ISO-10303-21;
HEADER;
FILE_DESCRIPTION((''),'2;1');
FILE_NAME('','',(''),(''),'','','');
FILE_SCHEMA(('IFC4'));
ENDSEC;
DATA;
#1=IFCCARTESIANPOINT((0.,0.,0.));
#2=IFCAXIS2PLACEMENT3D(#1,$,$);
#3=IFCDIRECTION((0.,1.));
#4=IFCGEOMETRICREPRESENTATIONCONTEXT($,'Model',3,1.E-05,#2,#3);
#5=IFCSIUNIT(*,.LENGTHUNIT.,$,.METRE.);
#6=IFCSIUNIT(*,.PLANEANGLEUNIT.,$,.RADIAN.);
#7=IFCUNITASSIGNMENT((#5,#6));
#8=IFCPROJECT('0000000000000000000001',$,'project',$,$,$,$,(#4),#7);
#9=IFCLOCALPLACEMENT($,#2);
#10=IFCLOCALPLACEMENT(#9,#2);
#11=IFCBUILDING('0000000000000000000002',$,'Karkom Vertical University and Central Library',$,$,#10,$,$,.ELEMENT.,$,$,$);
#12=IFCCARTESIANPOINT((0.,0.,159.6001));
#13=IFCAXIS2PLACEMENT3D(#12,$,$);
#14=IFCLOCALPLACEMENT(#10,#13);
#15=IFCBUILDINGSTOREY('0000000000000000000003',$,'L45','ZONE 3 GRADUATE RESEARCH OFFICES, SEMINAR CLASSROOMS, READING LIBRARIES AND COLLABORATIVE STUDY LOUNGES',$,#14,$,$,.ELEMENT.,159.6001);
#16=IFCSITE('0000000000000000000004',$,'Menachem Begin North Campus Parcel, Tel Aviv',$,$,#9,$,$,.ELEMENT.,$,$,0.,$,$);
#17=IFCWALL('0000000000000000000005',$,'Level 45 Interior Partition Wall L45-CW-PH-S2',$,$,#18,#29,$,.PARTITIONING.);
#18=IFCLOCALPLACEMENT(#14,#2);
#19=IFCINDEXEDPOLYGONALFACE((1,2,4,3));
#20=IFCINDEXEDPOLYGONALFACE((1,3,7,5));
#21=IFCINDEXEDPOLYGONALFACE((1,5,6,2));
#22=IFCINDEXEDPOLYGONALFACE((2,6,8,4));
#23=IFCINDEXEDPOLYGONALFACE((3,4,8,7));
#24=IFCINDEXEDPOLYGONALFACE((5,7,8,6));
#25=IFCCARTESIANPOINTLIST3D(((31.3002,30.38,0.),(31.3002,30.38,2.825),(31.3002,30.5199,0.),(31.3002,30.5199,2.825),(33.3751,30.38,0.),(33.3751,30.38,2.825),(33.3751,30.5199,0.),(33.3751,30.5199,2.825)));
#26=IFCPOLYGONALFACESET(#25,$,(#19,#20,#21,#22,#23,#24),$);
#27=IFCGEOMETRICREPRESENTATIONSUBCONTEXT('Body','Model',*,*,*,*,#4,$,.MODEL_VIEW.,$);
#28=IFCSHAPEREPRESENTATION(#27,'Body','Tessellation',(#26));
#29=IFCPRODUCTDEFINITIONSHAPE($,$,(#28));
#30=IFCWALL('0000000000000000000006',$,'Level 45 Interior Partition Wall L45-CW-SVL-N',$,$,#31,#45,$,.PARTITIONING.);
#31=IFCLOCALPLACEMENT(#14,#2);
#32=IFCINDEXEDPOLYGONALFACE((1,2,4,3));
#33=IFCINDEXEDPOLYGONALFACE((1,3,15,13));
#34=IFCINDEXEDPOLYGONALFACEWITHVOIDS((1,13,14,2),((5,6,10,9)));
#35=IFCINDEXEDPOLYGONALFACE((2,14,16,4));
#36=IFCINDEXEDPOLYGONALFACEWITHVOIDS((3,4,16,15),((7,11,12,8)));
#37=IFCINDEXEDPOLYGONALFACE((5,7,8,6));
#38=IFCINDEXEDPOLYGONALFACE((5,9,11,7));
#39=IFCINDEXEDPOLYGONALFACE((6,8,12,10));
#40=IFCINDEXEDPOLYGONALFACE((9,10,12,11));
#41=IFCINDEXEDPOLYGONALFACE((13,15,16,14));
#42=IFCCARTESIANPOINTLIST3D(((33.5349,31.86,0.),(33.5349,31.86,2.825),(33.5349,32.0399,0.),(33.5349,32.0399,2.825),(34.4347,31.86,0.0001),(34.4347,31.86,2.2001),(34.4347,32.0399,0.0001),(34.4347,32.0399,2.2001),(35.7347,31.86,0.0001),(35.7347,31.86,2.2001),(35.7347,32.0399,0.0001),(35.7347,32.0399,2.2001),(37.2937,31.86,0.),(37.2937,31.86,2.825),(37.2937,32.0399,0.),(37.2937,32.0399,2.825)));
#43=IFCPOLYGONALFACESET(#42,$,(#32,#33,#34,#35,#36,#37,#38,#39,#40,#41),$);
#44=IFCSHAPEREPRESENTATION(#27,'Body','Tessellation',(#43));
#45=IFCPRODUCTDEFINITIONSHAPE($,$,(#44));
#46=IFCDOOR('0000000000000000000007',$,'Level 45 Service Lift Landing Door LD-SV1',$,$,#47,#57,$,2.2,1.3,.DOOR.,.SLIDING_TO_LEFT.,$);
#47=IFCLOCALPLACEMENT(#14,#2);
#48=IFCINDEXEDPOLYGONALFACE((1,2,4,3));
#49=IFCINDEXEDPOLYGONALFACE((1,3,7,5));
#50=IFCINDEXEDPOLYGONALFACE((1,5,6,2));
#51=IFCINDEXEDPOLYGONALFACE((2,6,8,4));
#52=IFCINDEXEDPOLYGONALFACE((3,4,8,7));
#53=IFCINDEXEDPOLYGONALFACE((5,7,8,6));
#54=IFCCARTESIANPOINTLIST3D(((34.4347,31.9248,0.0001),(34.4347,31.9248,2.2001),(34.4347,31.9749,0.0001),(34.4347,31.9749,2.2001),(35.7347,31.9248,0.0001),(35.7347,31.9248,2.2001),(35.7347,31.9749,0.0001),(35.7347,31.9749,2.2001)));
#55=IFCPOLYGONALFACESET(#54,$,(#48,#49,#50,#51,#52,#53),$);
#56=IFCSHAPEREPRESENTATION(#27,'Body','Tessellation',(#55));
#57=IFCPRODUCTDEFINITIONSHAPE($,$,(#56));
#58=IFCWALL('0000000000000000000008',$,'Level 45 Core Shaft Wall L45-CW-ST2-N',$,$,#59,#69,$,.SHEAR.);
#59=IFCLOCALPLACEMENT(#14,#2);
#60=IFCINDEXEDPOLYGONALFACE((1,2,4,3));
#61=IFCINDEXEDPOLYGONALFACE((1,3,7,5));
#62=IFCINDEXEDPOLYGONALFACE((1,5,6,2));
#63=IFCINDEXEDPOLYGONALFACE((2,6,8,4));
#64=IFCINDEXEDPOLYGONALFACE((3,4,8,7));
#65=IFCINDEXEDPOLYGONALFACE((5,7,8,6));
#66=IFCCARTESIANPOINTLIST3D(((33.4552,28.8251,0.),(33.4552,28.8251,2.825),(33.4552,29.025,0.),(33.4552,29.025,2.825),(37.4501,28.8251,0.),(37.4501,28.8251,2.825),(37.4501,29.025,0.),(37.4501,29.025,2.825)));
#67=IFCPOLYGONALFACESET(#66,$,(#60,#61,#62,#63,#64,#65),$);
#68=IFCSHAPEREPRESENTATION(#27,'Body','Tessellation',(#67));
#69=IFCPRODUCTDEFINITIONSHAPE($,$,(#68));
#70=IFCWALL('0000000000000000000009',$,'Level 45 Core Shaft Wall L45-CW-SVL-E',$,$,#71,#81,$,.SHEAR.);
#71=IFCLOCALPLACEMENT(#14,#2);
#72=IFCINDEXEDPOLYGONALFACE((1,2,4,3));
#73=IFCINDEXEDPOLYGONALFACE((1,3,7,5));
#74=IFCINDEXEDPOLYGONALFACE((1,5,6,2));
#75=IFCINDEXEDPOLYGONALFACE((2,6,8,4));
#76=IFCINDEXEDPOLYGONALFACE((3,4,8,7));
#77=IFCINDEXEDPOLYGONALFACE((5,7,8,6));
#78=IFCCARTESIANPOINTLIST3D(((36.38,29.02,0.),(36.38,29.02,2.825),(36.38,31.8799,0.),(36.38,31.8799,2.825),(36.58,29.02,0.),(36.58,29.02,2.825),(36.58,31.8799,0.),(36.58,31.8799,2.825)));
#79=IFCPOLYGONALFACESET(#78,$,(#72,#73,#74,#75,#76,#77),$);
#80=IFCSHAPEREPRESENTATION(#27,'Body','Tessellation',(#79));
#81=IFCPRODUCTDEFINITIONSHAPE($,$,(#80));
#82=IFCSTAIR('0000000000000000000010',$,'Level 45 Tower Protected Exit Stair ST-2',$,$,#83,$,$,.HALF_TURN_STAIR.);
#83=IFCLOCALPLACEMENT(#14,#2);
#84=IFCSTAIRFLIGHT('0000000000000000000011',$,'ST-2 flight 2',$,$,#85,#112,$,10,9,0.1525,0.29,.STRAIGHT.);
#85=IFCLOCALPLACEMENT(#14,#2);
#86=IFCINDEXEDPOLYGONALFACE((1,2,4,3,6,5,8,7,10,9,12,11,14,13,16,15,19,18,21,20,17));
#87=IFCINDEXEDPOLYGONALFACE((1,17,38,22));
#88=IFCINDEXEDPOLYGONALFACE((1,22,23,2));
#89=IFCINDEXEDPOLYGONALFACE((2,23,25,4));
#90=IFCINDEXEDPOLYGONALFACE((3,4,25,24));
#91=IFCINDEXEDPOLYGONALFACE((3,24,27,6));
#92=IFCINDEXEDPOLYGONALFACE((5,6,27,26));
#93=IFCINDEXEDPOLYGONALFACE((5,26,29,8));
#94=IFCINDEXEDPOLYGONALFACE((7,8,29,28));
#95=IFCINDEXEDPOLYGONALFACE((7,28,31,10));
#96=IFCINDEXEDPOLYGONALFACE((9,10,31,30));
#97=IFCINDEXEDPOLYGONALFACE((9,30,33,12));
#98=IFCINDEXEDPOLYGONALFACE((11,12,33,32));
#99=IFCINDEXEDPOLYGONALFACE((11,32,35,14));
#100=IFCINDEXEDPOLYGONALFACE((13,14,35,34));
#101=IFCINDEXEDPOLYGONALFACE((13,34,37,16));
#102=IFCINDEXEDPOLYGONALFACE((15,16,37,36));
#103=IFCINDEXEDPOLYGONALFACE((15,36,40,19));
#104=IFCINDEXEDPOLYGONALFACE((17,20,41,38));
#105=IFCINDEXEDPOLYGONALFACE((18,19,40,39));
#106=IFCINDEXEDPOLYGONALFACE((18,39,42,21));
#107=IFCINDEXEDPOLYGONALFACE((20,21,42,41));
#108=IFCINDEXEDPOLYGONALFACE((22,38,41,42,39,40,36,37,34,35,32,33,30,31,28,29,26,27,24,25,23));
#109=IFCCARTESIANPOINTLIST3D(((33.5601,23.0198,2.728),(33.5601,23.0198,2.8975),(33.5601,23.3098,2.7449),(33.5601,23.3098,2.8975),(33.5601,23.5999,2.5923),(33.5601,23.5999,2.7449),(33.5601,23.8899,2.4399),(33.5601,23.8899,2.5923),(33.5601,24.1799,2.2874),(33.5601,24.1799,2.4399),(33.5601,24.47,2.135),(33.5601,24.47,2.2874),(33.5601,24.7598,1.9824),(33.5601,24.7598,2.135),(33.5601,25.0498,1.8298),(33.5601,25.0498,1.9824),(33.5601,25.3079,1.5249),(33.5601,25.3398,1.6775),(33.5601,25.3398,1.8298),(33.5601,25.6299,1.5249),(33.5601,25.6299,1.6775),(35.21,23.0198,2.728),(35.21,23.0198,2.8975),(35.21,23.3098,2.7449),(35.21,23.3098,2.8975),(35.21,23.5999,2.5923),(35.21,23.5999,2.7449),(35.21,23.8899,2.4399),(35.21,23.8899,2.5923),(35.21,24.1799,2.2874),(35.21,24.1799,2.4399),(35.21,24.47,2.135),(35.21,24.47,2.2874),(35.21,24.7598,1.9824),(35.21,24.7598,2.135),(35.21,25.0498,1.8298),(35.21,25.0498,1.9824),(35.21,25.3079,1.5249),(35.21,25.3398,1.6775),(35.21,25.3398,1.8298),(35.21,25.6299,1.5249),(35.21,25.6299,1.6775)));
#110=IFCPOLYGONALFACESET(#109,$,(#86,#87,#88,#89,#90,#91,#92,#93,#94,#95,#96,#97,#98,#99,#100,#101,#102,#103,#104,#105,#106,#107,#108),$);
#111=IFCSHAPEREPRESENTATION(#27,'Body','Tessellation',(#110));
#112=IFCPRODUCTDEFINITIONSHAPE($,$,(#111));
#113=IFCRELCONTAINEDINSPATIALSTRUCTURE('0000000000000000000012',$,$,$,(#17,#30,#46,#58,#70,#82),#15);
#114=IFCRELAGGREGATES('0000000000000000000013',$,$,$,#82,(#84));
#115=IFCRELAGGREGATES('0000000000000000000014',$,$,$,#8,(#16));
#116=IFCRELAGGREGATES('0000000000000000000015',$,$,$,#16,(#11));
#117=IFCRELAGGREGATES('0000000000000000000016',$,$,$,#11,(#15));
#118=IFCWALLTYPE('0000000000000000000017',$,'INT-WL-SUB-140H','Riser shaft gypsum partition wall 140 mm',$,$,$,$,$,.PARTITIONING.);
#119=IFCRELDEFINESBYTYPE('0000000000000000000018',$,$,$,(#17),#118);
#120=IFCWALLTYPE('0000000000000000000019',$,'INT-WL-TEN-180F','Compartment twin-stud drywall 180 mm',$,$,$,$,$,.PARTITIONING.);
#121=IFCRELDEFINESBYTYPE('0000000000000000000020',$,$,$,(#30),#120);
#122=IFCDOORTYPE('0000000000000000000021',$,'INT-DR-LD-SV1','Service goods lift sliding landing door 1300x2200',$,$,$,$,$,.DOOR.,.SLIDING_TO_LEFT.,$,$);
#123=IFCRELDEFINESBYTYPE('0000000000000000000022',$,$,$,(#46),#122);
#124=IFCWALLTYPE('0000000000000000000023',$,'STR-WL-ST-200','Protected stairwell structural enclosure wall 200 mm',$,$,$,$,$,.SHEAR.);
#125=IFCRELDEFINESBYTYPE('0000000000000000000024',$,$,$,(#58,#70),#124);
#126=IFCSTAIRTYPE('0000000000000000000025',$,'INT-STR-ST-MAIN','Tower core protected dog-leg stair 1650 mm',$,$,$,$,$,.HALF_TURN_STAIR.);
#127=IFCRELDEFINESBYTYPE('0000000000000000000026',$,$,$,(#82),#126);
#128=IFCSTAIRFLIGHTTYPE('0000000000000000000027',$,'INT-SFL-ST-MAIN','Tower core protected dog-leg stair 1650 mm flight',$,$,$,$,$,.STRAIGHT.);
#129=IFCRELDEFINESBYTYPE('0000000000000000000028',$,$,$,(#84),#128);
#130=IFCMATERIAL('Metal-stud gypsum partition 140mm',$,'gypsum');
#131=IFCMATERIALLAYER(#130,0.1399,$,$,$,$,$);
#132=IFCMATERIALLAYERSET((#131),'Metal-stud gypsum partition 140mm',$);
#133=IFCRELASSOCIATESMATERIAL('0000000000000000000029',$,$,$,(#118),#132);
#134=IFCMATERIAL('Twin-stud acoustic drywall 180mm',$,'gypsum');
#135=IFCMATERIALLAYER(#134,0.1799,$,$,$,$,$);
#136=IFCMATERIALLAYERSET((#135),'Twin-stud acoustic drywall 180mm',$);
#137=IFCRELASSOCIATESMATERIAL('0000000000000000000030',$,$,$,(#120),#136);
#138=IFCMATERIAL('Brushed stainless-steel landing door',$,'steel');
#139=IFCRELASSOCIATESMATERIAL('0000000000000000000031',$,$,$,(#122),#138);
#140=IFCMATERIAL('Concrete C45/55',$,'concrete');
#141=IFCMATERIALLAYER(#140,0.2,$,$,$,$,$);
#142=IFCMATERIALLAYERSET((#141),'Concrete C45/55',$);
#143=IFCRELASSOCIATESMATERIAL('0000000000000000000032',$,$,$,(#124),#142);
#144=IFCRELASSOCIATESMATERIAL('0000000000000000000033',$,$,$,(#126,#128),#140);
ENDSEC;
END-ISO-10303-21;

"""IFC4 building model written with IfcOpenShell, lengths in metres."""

from ifc_helpers import new_model, si_unit, direction, frame, frame_2d, origin, origin_with_axes, place, context, subcontext, project, spatial, polyline, rectangle, outline, extrude, source, transform, mapped, material, layer, layer_set, type_object, element, fill, aggregate, save


model = new_model("IFC4")

# Units and contexts
model_context = context("Model", 3, precision=1e-05, world=origin(), true_north=direction((0.0, 1.0)))
body_context = subcontext(model_context, "Body", "Model", "MODEL_VIEW")
ifc_project = project(units=[si_unit("LENGTHUNIT", "METRE"), si_unit("PLANEANGLEUNIT", "RADIAN")], contexts=[model_context])

# Site, building, storey
site_placement = place(None, origin())
site = spatial("IfcSite", under=ifc_project, at=site_placement, Name="Menachem Begin North Campus Parcel, Tel Aviv", CompositionType="ELEMENT", RefElevation=0.0)
building_placement = place(site_placement, origin())
building = spatial("IfcBuilding", under=site, at=building_placement, Name="Karkom Vertical University and Central Library", CompositionType="ELEMENT")
storey_placement = place(building_placement, frame((0.0, 0.0, 159.6001)))
storey = spatial("IfcBuildingStorey", under=building, at=storey_placement, Name="L45", Description="ZONE 3 GRADUATE RESEARCH OFFICES, SEMINAR CLASSROOMS, READING LIBRARIES AND COLLABORATIVE STUDY LOUNGES", CompositionType="ELEMENT", Elevation=159.6001)

# Wall
ifc_material_1 = material(Name="Metal-stud gypsum partition 140mm", Category="gypsum")
ifc_layer_1 = layer(ifc_material_1, 0.1399)
ifc_layer_set_1 = layer_set([ifc_layer_1], Name="Metal-stud gypsum partition 140mm")
wall_type_1 = type_object("IfcWallType", Name="INT-WL-SUB-140H", Description="Riser shaft gypsum partition wall 140 mm", PredefinedType="PARTITIONING", material=ifc_layer_set_1)
wall_1_placement = place(storey_placement, frame((31.3, 30.45, 0.0), z_axis=(0.0, 0.0, 1.0), x_axis=(1.0, 0.0, 0.0)))
element("IfcWall", 1, at=wall_1_placement, inside=storey, type_object=wall_type_1, Name="Level 45 Interior Partition Wall L45-CW-PH-S2", PredefinedType="PARTITIONING", context=body_context, shape_type="SweptSolid", body=[
    extrude(rectangle(XDim=2.075, YDim=0.1399, at=frame_2d((1.0376, 0.0))), origin(), (0.0, 0.0, 1.0), 2.825),
])

# Wall, opening, door
ifc_material_2 = material(Name="Twin-stud acoustic drywall 180mm", Category="gypsum")
ifc_layer_2 = layer(ifc_material_2, 0.1799)
ifc_layer_set_2 = layer_set([ifc_layer_2], Name="Twin-stud acoustic drywall 180mm")
wall_type_2 = type_object("IfcWallType", Name="INT-WL-TEN-180F", Description="Compartment twin-stud drywall 180 mm", PredefinedType="PARTITIONING", material=ifc_layer_set_2)
wall_2_placement = place(storey_placement, frame((33.5349, 31.95, 0.0), z_axis=(0.0, 0.0, 1.0), x_axis=(1.0, 0.0, 0.0)))
wall_2 = element("IfcWall", 2, at=wall_2_placement, inside=storey, type_object=wall_type_2, Name="Level 45 Interior Partition Wall L45-CW-SVL-N", PredefinedType="PARTITIONING", context=body_context, shape_type="SweptSolid", body=[
    extrude(rectangle(XDim=3.7588, YDim=0.1799, at=frame_2d((1.8794, 0.0))), origin(), (0.0, 0.0, 1.0), 2.825),
])
opening_1_placement = place(wall_2_placement, frame((0.8999, 0.0, 0.0)))
opening_1 = element("IfcOpeningElement", 3, at=opening_1_placement, cuts=wall_2, PredefinedType="OPENING", context=body_context, shape_type="SweptSolid", body=[
    extrude(rectangle(XDim=1.3, YDim=2.2, at=frame_2d((0.6499, 1.1001))), frame((0.0, 0.1001, 0.0), z_axis=(0.0, -1.0, 0.0), x_axis=(1.0, 0.0, 0.0)), (0.0, 0.0, 1.0), 0.2),
])
ifc_material_3 = material(Name="Brushed stainless-steel landing door", Category="steel")
door_type_1 = type_object("IfcDoorType", Name="INT-DR-LD-SV1", Description="Service goods lift sliding landing door 1300x2200", OperationType="SLIDING_TO_LEFT", PredefinedType="DOOR", material=ifc_material_3)
shared_shape_1 = source(origin_with_axes(), body_context, "Body", "SweptSolid", [
    extrude(rectangle(XDim=1.3, YDim=2.2, at=frame_2d((0.6499, 1.1001))), frame((0.0, 0.0249, 0.0), z_axis=(0.0, -1.0, 0.0), x_axis=(1.0, 0.0, 0.0)), (0.0, 0.0, 1.0), 0.05),
])
door_1_placement = place(opening_1_placement, origin())
door_1 = element("IfcDoor", 4, at=door_1_placement, inside=storey, type_object=door_type_1, Name="Level 45 Service Lift Landing Door LD-SV1", OperationType="SLIDING_TO_LEFT", OverallHeight=2.2, OverallWidth=1.3, PredefinedType="DOOR", context=body_context, shape_type="MappedRepresentation", body=[
    mapped(shared_shape_1, transform((0.0, 0.0, 0.0), scale=1.0)),
])
fill(opening_1, door_1)

# Walls
ifc_material_4 = material(Name="Concrete C45/55", Category="concrete")
ifc_layer_3 = layer(ifc_material_4, 0.2)
ifc_layer_set_3 = layer_set([ifc_layer_3], Name="Concrete C45/55")
wall_type_3 = type_object("IfcWallType", Name="STR-WL-ST-200", Description="Protected stairwell structural enclosure wall 200 mm", PredefinedType="SHEAR", material=ifc_layer_set_3)
wall_3_placement = place(storey_placement, frame((33.4551, 28.925, 0.0), z_axis=(0.0, 0.0, 1.0), x_axis=(1.0, 0.0, 0.0)))
element("IfcWall", 5, at=wall_3_placement, inside=storey, type_object=wall_type_3, Name="Level 45 Core Shaft Wall L45-CW-ST2-N", PredefinedType="SHEAR", context=body_context, shape_type="SweptSolid", body=[
    extrude(rectangle(XDim=3.9949, YDim=0.2, at=frame_2d((1.9976, 0.0))), origin(), (0.0, 0.0, 1.0), 2.825),
])
wall_4_placement = place(storey_placement, frame((36.48, 29.02, 0.0), z_axis=(0.0, 0.0, 1.0), x_axis=(0.0, 1.0, 0.0)))
element("IfcWall", 6, at=wall_4_placement, inside=storey, type_object=wall_type_3, Name="Level 45 Core Shaft Wall L45-CW-SVL-E", PredefinedType="SHEAR", context=body_context, shape_type="SweptSolid", body=[
    extrude(rectangle(XDim=2.8599, YDim=0.2, at=frame_2d((1.4299, 0.0))), origin(), (0.0, 0.0, 1.0), 2.825),
])

# Stair, stair flight
stair_type = type_object("IfcStairType", Name="INT-STR-ST-MAIN", Description="Tower core protected dog-leg stair 1650 mm", PredefinedType="HALF_TURN_STAIR", material=ifc_material_4)
stair_placement = place(storey_placement, origin())
stair = element("IfcStair", 7, at=stair_placement, inside=storey, type_object=stair_type, Name="Level 45 Tower Protected Exit Stair ST-2", PredefinedType="HALF_TURN_STAIR")
stair_flight_type = type_object("IfcStairFlightType", Name="INT-SFL-ST-MAIN", Description="Tower core protected dog-leg stair 1650 mm flight", PredefinedType="STRAIGHT", material=ifc_material_4)
stair_flight_placement = place(storey_placement, frame((34.385, 25.6299, 1.5249), z_axis=(0.0, 0.0, 1.0), x_axis=(0.0, -1.0, 0.0)))
stair_flight = element("IfcStairFlight", 8, at=stair_flight_placement, type_object=stair_flight_type, Name="ST-2 flight 2", NumberOfRisers=10, NumberOfTreads=9, PredefinedType="STRAIGHT", RiserHeight=0.1525, TreadLength=0.29, context=body_context, shape_type="SweptSolid", body=[
    extrude(outline(polyline([(0.0, 0.0), (0.0, 0.1526), (0.29, 0.1526), (0.29, 0.3049), (0.5801, 0.3049), (0.5801, 0.4575), (0.8701, 0.4575), (0.8701, 0.6101), (1.1599, 0.6101), (1.1599, 0.7625), (1.45, 0.7625), (1.45, 0.915), (1.74, 0.915), (1.74, 1.0674), (2.03, 1.0674), (2.03, 1.22), (2.3201, 1.22), (2.3201, 1.3726), (2.6101, 1.3726), (2.6101, 1.5249), (2.6101, 1.2031), (0.322, 0.0), (0.0, 0.0)])), frame((0.0, 0.825, 0.0), z_axis=(0.0, -1.0, 0.0), x_axis=(1.0, 0.0, 0.0)), (0.0, 0.0, 1.0), 1.6499),
])
aggregate(stair, [stair_flight])

save(model, "model.ifc")
